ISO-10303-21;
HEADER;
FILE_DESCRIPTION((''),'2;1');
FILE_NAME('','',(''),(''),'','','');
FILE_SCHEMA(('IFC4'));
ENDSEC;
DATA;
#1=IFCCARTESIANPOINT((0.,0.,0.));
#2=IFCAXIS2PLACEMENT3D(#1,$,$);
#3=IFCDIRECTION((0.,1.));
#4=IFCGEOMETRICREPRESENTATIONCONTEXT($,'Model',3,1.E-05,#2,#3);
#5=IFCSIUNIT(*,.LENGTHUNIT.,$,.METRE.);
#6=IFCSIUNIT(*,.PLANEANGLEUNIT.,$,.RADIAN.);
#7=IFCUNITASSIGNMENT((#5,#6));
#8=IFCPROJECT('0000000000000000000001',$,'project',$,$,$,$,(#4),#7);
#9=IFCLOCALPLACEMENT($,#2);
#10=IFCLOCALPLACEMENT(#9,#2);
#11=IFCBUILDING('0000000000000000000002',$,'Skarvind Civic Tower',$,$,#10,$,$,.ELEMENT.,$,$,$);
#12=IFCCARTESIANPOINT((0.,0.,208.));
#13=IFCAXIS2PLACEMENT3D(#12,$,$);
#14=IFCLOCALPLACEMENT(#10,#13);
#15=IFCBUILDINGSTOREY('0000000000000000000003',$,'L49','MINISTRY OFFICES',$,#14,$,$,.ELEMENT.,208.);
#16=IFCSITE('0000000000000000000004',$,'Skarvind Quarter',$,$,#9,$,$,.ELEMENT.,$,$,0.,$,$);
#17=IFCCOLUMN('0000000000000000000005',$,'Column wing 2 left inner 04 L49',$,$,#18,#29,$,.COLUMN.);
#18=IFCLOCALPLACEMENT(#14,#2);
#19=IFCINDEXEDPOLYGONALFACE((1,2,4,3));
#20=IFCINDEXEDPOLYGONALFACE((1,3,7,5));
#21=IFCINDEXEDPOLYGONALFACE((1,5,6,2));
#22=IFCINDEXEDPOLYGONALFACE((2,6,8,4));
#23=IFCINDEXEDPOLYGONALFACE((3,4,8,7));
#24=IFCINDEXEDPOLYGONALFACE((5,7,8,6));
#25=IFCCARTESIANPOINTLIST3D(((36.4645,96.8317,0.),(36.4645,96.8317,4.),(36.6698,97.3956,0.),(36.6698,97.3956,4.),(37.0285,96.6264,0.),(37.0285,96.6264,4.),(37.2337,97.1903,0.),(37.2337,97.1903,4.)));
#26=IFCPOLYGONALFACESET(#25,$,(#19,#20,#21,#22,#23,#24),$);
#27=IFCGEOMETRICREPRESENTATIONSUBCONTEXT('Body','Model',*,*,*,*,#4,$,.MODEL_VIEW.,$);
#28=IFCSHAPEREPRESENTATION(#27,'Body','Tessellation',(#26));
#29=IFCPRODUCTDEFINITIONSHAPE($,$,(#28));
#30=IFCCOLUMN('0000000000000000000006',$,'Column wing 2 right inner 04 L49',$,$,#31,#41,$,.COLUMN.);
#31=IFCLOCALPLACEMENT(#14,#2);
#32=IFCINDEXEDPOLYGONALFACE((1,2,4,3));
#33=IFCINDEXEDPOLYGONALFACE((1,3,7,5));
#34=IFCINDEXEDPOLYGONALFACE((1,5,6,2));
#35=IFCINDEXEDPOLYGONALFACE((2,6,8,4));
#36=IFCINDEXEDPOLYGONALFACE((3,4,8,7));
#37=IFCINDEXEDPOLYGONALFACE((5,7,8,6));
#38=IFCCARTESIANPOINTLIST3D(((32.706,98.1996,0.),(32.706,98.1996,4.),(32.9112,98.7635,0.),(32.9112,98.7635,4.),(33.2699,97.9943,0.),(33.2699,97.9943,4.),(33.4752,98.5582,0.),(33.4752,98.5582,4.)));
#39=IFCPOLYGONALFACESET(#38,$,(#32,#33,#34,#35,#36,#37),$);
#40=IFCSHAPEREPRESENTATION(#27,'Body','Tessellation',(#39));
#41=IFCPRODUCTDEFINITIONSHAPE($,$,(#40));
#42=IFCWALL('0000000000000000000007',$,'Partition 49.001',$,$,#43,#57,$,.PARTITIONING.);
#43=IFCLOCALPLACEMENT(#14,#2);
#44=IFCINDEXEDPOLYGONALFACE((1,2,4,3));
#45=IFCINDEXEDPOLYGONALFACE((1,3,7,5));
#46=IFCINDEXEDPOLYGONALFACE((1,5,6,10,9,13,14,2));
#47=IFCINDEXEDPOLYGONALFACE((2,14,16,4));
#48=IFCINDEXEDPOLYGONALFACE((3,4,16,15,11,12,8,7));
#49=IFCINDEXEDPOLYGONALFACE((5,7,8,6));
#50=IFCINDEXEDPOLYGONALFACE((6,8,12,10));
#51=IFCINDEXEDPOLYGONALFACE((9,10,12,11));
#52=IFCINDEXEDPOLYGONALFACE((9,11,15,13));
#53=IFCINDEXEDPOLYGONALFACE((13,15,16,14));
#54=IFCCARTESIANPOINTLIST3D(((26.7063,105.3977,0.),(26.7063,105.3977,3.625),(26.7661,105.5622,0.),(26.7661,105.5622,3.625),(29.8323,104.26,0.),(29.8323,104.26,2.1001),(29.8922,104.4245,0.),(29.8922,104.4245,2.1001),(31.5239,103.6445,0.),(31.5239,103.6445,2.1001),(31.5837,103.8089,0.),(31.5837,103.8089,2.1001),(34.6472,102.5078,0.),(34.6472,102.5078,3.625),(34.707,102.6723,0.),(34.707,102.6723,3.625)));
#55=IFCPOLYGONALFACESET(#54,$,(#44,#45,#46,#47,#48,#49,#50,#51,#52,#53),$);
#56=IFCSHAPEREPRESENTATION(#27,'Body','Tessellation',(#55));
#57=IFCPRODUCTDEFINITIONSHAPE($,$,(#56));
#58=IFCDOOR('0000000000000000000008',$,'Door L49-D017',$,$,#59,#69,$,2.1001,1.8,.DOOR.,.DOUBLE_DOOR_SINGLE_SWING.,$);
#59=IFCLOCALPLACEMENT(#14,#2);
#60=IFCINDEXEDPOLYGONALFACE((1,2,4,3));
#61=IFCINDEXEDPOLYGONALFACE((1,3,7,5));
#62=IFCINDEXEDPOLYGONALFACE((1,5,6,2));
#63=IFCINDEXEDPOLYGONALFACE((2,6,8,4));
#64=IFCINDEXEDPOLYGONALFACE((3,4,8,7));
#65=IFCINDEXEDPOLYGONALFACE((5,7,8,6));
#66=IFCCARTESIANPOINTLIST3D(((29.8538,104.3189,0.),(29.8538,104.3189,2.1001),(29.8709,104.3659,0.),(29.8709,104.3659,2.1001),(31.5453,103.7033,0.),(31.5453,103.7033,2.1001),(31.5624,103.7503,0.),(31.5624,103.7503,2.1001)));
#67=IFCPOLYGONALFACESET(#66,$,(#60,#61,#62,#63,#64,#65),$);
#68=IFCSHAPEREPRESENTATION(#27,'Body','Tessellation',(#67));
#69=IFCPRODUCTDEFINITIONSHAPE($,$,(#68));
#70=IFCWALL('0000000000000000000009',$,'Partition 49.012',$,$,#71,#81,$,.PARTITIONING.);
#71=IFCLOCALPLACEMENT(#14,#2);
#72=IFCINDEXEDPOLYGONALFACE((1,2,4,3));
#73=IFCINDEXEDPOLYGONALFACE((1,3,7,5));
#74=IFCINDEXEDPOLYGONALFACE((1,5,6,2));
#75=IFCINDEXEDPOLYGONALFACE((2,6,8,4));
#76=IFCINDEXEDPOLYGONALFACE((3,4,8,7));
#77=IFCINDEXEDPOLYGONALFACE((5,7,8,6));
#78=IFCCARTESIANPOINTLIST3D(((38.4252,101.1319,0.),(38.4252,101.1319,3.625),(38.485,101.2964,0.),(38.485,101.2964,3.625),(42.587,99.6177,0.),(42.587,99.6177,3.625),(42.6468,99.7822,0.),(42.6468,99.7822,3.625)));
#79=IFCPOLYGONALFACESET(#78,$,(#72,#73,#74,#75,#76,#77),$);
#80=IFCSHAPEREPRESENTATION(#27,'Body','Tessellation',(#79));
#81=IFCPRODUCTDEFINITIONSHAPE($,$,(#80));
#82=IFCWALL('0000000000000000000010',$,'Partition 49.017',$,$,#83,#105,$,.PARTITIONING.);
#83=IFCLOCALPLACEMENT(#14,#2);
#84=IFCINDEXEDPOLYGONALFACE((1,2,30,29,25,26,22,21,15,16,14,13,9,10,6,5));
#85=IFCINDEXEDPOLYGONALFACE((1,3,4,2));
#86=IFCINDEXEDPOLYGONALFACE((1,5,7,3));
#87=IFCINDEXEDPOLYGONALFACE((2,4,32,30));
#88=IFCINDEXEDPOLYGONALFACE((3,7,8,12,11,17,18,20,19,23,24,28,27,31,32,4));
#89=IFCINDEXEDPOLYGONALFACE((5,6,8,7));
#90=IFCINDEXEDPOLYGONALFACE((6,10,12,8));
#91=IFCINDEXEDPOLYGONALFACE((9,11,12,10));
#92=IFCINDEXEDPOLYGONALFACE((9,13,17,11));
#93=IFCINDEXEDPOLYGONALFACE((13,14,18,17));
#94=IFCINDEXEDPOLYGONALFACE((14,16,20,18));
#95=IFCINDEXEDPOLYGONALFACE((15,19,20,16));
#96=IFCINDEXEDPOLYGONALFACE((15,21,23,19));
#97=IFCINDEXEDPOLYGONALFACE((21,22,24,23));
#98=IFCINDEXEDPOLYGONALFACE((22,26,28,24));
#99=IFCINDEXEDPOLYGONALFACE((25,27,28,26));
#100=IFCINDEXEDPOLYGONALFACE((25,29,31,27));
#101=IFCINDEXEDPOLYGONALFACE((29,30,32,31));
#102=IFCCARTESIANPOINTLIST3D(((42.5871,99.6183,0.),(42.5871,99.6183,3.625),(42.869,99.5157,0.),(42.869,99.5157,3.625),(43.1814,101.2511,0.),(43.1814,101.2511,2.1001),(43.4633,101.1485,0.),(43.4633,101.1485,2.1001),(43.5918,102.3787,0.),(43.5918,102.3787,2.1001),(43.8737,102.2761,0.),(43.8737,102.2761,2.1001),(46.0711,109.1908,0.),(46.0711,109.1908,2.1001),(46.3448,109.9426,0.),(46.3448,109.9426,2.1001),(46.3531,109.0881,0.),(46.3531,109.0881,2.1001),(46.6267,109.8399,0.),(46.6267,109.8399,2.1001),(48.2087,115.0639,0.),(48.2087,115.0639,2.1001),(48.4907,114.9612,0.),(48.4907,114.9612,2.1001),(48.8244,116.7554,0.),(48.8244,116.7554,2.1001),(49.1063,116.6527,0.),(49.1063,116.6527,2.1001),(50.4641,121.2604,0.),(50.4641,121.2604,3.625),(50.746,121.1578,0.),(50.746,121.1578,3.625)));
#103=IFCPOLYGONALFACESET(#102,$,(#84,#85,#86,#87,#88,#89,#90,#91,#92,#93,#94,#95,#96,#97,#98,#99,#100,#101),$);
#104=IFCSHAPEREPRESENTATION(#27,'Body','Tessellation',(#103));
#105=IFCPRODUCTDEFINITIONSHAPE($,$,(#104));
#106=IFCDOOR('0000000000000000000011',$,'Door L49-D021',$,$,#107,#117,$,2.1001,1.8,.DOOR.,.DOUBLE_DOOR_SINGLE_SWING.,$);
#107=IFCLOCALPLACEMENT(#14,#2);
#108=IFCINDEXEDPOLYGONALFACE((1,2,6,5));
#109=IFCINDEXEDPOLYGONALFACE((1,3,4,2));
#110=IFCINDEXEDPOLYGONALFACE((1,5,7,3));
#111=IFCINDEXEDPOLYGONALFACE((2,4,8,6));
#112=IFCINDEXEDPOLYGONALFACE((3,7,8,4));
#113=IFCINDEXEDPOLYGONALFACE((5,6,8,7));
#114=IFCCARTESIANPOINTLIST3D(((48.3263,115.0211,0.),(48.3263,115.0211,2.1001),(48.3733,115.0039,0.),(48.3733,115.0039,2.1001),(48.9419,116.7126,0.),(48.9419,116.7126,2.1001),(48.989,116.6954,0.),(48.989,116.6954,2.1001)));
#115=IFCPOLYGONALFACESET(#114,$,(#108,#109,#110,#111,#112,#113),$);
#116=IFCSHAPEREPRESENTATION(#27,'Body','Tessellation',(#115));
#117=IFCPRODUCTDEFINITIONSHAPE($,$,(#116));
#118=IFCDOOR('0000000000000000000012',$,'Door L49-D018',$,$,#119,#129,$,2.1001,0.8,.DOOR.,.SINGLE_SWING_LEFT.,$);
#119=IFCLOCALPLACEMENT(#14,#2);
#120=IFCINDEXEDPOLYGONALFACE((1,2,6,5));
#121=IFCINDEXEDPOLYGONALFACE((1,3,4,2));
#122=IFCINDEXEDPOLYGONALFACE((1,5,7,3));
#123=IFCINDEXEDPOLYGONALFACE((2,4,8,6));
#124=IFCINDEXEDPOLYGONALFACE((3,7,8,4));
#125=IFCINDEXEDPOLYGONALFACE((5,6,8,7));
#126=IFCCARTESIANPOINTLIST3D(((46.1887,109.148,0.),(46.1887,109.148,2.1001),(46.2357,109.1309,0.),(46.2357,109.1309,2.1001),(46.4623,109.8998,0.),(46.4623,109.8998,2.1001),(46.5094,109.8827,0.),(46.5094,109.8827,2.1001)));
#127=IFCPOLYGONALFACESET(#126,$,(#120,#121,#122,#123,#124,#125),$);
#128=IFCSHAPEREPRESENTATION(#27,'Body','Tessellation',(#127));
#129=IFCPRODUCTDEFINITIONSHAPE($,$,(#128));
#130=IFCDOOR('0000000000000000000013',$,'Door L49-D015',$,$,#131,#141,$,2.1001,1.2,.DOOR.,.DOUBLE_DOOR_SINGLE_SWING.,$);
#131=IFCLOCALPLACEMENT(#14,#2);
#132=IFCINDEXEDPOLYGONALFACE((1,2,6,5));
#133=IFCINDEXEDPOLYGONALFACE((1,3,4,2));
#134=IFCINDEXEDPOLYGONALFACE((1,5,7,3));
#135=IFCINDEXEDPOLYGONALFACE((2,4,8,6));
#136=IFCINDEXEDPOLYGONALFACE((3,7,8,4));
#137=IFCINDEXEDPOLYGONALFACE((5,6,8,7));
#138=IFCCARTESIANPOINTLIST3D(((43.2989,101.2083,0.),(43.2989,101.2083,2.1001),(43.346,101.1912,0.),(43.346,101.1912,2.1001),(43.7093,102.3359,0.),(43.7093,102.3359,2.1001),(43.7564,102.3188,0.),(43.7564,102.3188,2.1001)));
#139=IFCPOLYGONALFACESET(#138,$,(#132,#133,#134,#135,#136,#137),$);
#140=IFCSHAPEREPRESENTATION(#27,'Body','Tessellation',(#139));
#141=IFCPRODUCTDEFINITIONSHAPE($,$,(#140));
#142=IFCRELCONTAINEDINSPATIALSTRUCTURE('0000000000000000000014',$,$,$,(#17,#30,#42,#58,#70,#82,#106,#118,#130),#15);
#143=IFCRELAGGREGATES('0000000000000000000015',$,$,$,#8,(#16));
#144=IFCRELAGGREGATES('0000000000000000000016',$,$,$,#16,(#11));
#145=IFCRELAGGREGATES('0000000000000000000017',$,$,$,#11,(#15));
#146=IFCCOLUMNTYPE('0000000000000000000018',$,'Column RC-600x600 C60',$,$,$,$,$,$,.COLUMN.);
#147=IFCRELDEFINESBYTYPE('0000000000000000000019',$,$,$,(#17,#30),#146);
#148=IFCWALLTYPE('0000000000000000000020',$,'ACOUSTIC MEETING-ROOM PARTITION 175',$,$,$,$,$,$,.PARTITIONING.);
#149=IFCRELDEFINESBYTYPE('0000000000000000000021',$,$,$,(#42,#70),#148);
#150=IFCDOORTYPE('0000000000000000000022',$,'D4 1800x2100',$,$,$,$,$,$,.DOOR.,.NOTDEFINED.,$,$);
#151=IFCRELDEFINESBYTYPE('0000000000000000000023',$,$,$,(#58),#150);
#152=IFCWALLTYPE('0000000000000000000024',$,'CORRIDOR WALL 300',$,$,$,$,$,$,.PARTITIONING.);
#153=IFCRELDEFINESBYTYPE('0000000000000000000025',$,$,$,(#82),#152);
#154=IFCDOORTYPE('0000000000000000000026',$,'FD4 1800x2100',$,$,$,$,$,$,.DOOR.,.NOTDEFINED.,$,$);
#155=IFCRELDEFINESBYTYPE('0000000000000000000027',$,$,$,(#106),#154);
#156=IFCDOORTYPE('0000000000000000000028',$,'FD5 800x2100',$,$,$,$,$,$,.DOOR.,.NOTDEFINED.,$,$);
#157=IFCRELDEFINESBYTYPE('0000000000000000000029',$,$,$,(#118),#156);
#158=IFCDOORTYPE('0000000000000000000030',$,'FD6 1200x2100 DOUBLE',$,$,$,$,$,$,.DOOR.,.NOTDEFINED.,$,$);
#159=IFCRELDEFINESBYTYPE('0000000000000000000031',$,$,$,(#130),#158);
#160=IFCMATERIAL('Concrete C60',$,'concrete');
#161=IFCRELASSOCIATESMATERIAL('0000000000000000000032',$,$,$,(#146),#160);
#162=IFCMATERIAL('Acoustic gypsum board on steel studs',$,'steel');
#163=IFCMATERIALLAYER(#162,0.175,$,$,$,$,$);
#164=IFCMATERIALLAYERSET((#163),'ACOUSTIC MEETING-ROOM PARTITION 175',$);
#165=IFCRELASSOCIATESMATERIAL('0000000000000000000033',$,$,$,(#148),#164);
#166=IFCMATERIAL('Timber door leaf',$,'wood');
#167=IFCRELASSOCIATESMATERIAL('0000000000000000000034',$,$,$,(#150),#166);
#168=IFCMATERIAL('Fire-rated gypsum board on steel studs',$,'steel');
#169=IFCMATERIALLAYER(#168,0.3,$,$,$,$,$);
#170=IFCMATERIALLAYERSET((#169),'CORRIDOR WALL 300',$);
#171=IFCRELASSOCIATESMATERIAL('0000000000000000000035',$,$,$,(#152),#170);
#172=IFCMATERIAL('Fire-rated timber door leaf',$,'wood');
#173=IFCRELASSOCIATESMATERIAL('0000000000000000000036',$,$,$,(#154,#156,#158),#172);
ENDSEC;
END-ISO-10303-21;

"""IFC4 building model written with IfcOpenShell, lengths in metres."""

from ifc_helpers import new_model, si_unit, direction, frame, frame_2d, origin, origin_2d, place, context, subcontext, project, spatial, rectangle, extrude, material, layer, layer_set, material_profile, profile_set, type_object, element, fill, save


model = new_model("IFC4")

# Units and contexts
model_context = context("Model", 3, precision=1e-05, world=origin(), true_north=direction((0.0, 1.0)))
body_context = subcontext(model_context, "Body", "Model", "MODEL_VIEW")
ifc_project = project(units=[si_unit("LENGTHUNIT", "METRE"), si_unit("PLANEANGLEUNIT", "RADIAN")], contexts=[model_context])

# Site, building, storey
site_placement = place(None, origin())
site = spatial("IfcSite", under=ifc_project, at=site_placement, Name="Skarvind Quarter", CompositionType="ELEMENT", RefElevation=0.0)
building_placement = place(site_placement, origin())
building = spatial("IfcBuilding", under=site, at=building_placement, Name="Skarvind Civic Tower", CompositionType="ELEMENT")
storey_placement = place(building_placement, frame((0.0, 0.0, 208.0)))
storey = spatial("IfcBuildingStorey", under=building, at=storey_placement, Name="L49", Description="MINISTRY OFFICES", CompositionType="ELEMENT", Elevation=208.0)

# Columns
ifc_material_1 = material(Name="Concrete C60", Category="concrete")
ifc_material_profile = material_profile(ifc_material_1, rectangle(XDim=0.6001, YDim=0.6001, at=origin_2d()), Name="RC-600x600")
ifc_profile_set = profile_set([ifc_material_profile], Name="Concrete C60")
column_type = type_object("IfcColumnType", Name="Column RC-600x600 C60", PredefinedType="COLUMN", material=ifc_profile_set)
for number, where, z_axis, x_axis, name in (
    (1, (36.8491, 97.011, 0.0), (0.0, 0.0, 1.0), (-0.34202, -0.939693, 0.0), "Column wing 2 left inner 04 L49"),
    (2, (33.0906, 98.3789, 0.0), (0.0, 0.0, 1.0), (-0.34202, -0.939693, 0.0), "Column wing 2 right inner 04 L49"),
):
    element("IfcColumn", number, at=place(storey_placement, frame(where, z_axis=z_axis, x_axis=x_axis)), inside=storey, type_object=column_type, Name=name, PredefinedType="COLUMN", context=body_context, shape_type="SweptSolid", body=[
        extrude(rectangle(XDim=0.6001, YDim=0.6001, at=origin_2d()), origin(), (0.0, 0.0, 1.0), 4.0),
    ])

# Wall, opening, door
ifc_material_2 = material(Name="Acoustic gypsum board on steel studs", Category="steel")
ifc_layer_1 = layer(ifc_material_2, 0.175)
ifc_layer_set_1 = layer_set([ifc_layer_1], Name="ACOUSTIC MEETING-ROOM PARTITION 175")
wall_type_1 = type_object("IfcWallType", Name="ACOUSTIC MEETING-ROOM PARTITION 175", PredefinedType="PARTITIONING", material=ifc_layer_set_1)
wall_1_placement = place(storey_placement, frame((34.677, 102.5901, 0.0), z_axis=(0.0, 0.0, 1.0), x_axis=(-0.939707, 0.341982, 0.0)))
wall_1 = element("IfcWall", 3, at=wall_1_placement, inside=storey, type_object=wall_type_1, Name="Partition 49.001", PredefinedType="PARTITIONING", context=body_context, shape_type="SweptSolid", body=[
    extrude(rectangle(XDim=8.4504, YDim=0.175, at=frame_2d((4.2251, 0.0))), origin(), (0.0, 0.0, 1.0), 3.625),
])
opening_1_placement = place(wall_1_placement, frame((3.3237, 0.0, 0.0)))
opening_1 = element("IfcOpeningElement", 4, at=opening_1_placement, cuts=wall_1, PredefinedType="OPENING", context=body_context, shape_type="SweptSolid", body=[
    extrude(rectangle(XDim=1.8, YDim=2.1001, at=frame_2d((0.8999, 1.05))), frame((0.0, 0.0974, 0.0), z_axis=(0.0, -1.0, 0.0), x_axis=(1.0, 0.0, 0.0)), (0.0, 0.0, 1.0), 0.1951),
])
ifc_material_3 = material(Name="Timber door leaf", Category="wood")
door_type_1 = type_object("IfcDoorType", Name="D4 1800x2100", OperationType="NOTDEFINED", PredefinedType="DOOR", material=ifc_material_3)
door_1_placement = place(opening_1_placement, origin())
door_1 = element("IfcDoor", 5, at=door_1_placement, inside=storey, type_object=door_type_1, Name="Door L49-D017", OperationType="DOUBLE_DOOR_SINGLE_SWING", OverallHeight=2.1001, OverallWidth=1.8, PredefinedType="DOOR", context=body_context, shape_type="SweptSolid", body=[
    extrude(rectangle(XDim=1.8, YDim=2.1001, at=frame_2d((0.8999, 1.05))), frame((0.0, 0.0249, 0.0), z_axis=(0.0, -1.0, 0.0), x_axis=(1.0, 0.0, 0.0)), (0.0, 0.0, 1.0), 0.05),
])
fill(opening_1, door_1)

# Wall
wall_2_placement = place(storey_placement, frame((38.4551, 101.2141, 0.0), z_axis=(0.0, 0.0, 1.0), x_axis=(0.939739, -0.341894, 0.0)))
element("IfcWall", 6, at=wall_2_placement, inside=storey, type_object=wall_type_1, Name="Partition 49.012", PredefinedType="PARTITIONING", context=body_context, shape_type="SweptSolid", body=[
    extrude(rectangle(XDim=4.4287, YDim=0.175, at=frame_2d((2.2144, 0.0))), origin(), (0.0, 0.0, 1.0), 3.625),
])

# Wall, openings, doors
ifc_material_4 = material(Name="Fire-rated gypsum board on steel studs", Category="steel")
ifc_layer_2 = layer(ifc_material_4, 0.3)
ifc_layer_set_2 = layer_set([ifc_layer_2], Name="CORRIDOR WALL 300")
wall_type_2 = type_object("IfcWallType", Name="CORRIDOR WALL 300", PredefinedType="PARTITIONING", material=ifc_layer_set_2)
wall_3_placement = place(storey_placement, frame((42.728, 99.5669, 0.0), z_axis=(0.0, 0.0, 1.0), x_axis=(0.342015, 0.939694, 0.0)))
wall_3 = element("IfcWall", 7, at=wall_3_placement, inside=storey, type_object=wall_type_2, Name="Partition 49.017", PredefinedType="PARTITIONING", context=body_context, shape_type="SweptSolid", body=[
    extrude(rectangle(XDim=23.031, YDim=0.3, at=frame_2d((11.5156, 0.0))), origin(), (0.0, 0.0, 1.0), 3.625),
])
opening_2_placement = place(wall_3_placement, frame((1.7375, 0.0, 0.0)))
opening_2 = element("IfcOpeningElement", 8, at=opening_2_placement, cuts=wall_3, PredefinedType="OPENING", context=body_context, shape_type="SweptSolid", body=[
    extrude(rectangle(XDim=1.2, YDim=2.1001, at=frame_2d((0.6001, 1.05))), frame((0.0, 0.1599, 0.0), z_axis=(0.0, -1.0, 0.0), x_axis=(1.0, 0.0, 0.0)), (0.0, 0.0, 1.0), 0.3201),
])
opening_3_placement = place(wall_3_placement, frame((10.187, 0.0, 0.0)))
opening_3 = element("IfcOpeningElement", 9, at=opening_3_placement, cuts=wall_3, PredefinedType="OPENING", context=body_context, shape_type="SweptSolid", body=[
    extrude(rectangle(XDim=0.8, YDim=2.1001, at=frame_2d((0.3999, 1.05))), frame((0.0, 0.1599, 0.0), z_axis=(0.0, -1.0, 0.0), x_axis=(1.0, 0.0, 0.0)), (0.0, 0.0, 1.0), 0.3201),
])
opening_4_placement = place(wall_3_placement, frame((16.437, 0.0, 0.0)))
opening_4 = element("IfcOpeningElement", 10, at=opening_4_placement, cuts=wall_3, PredefinedType="OPENING", context=body_context, shape_type="SweptSolid", body=[
    extrude(rectangle(XDim=1.8, YDim=2.1001, at=frame_2d((0.8999, 1.05))), frame((0.0, 0.1599, 0.0), z_axis=(0.0, -1.0, 0.0), x_axis=(1.0, 0.0, 0.0)), (0.0, 0.0, 1.0), 0.3201),
])
ifc_material_5 = material(Name="Fire-rated timber door leaf", Category="wood")
door_type_2 = type_object("IfcDoorType", Name="FD4 1800x2100", OperationType="NOTDEFINED", PredefinedType="DOOR", material=ifc_material_5)
door_2_placement = place(opening_4_placement, origin())
door_2 = element("IfcDoor", 11, at=door_2_placement, inside=storey, type_object=door_type_2, Name="Door L49-D021", OperationType="DOUBLE_DOOR_SINGLE_SWING", OverallHeight=2.1001, OverallWidth=1.8, PredefinedType="DOOR", context=body_context, shape_type="SweptSolid", body=[
    extrude(rectangle(XDim=1.8, YDim=2.1001, at=frame_2d((0.8999, 1.05))), frame((0.0, 0.0249, 0.0), z_axis=(0.0, -1.0, 0.0), x_axis=(1.0, 0.0, 0.0)), (0.0, 0.0, 1.0), 0.05),
])
fill(opening_4, door_2)
door_type_3 = type_object("IfcDoorType", Name="FD5 800x2100", OperationType="NOTDEFINED", PredefinedType="DOOR", material=ifc_material_5)
door_3_placement = place(opening_3_placement, origin())
door_3 = element("IfcDoor", 12, at=door_3_placement, inside=storey, type_object=door_type_3, Name="Door L49-D018", OperationType="SINGLE_SWING_LEFT", OverallHeight=2.1001, OverallWidth=0.8, PredefinedType="DOOR", context=body_context, shape_type="SweptSolid", body=[
    extrude(rectangle(XDim=0.8, YDim=2.1001, at=frame_2d((0.3999, 1.05))), frame((0.0, 0.0249, 0.0), z_axis=(0.0, -1.0, 0.0), x_axis=(1.0, 0.0, 0.0)), (0.0, 0.0, 1.0), 0.05),
])
fill(opening_3, door_3)
door_type_4 = type_object("IfcDoorType", Name="FD6 1200x2100 DOUBLE", OperationType="NOTDEFINED", PredefinedType="DOOR", material=ifc_material_5)
door_4_placement = place(opening_2_placement, origin())
door_4 = element("IfcDoor", 13, at=door_4_placement, inside=storey, type_object=door_type_4, Name="Door L49-D015", OperationType="DOUBLE_DOOR_SINGLE_SWING", OverallHeight=2.1001, OverallWidth=1.2, PredefinedType="DOOR", context=body_context, shape_type="SweptSolid", body=[
    extrude(rectangle(XDim=1.2, YDim=2.1001, at=frame_2d((0.6001, 1.05))), frame((0.0, 0.0249, 0.0), z_axis=(0.0, -1.0, 0.0), x_axis=(1.0, 0.0, 0.0)), (0.0, 0.0, 1.0), 0.05),
])
fill(opening_2, door_4)

save(model, "model.ifc")
